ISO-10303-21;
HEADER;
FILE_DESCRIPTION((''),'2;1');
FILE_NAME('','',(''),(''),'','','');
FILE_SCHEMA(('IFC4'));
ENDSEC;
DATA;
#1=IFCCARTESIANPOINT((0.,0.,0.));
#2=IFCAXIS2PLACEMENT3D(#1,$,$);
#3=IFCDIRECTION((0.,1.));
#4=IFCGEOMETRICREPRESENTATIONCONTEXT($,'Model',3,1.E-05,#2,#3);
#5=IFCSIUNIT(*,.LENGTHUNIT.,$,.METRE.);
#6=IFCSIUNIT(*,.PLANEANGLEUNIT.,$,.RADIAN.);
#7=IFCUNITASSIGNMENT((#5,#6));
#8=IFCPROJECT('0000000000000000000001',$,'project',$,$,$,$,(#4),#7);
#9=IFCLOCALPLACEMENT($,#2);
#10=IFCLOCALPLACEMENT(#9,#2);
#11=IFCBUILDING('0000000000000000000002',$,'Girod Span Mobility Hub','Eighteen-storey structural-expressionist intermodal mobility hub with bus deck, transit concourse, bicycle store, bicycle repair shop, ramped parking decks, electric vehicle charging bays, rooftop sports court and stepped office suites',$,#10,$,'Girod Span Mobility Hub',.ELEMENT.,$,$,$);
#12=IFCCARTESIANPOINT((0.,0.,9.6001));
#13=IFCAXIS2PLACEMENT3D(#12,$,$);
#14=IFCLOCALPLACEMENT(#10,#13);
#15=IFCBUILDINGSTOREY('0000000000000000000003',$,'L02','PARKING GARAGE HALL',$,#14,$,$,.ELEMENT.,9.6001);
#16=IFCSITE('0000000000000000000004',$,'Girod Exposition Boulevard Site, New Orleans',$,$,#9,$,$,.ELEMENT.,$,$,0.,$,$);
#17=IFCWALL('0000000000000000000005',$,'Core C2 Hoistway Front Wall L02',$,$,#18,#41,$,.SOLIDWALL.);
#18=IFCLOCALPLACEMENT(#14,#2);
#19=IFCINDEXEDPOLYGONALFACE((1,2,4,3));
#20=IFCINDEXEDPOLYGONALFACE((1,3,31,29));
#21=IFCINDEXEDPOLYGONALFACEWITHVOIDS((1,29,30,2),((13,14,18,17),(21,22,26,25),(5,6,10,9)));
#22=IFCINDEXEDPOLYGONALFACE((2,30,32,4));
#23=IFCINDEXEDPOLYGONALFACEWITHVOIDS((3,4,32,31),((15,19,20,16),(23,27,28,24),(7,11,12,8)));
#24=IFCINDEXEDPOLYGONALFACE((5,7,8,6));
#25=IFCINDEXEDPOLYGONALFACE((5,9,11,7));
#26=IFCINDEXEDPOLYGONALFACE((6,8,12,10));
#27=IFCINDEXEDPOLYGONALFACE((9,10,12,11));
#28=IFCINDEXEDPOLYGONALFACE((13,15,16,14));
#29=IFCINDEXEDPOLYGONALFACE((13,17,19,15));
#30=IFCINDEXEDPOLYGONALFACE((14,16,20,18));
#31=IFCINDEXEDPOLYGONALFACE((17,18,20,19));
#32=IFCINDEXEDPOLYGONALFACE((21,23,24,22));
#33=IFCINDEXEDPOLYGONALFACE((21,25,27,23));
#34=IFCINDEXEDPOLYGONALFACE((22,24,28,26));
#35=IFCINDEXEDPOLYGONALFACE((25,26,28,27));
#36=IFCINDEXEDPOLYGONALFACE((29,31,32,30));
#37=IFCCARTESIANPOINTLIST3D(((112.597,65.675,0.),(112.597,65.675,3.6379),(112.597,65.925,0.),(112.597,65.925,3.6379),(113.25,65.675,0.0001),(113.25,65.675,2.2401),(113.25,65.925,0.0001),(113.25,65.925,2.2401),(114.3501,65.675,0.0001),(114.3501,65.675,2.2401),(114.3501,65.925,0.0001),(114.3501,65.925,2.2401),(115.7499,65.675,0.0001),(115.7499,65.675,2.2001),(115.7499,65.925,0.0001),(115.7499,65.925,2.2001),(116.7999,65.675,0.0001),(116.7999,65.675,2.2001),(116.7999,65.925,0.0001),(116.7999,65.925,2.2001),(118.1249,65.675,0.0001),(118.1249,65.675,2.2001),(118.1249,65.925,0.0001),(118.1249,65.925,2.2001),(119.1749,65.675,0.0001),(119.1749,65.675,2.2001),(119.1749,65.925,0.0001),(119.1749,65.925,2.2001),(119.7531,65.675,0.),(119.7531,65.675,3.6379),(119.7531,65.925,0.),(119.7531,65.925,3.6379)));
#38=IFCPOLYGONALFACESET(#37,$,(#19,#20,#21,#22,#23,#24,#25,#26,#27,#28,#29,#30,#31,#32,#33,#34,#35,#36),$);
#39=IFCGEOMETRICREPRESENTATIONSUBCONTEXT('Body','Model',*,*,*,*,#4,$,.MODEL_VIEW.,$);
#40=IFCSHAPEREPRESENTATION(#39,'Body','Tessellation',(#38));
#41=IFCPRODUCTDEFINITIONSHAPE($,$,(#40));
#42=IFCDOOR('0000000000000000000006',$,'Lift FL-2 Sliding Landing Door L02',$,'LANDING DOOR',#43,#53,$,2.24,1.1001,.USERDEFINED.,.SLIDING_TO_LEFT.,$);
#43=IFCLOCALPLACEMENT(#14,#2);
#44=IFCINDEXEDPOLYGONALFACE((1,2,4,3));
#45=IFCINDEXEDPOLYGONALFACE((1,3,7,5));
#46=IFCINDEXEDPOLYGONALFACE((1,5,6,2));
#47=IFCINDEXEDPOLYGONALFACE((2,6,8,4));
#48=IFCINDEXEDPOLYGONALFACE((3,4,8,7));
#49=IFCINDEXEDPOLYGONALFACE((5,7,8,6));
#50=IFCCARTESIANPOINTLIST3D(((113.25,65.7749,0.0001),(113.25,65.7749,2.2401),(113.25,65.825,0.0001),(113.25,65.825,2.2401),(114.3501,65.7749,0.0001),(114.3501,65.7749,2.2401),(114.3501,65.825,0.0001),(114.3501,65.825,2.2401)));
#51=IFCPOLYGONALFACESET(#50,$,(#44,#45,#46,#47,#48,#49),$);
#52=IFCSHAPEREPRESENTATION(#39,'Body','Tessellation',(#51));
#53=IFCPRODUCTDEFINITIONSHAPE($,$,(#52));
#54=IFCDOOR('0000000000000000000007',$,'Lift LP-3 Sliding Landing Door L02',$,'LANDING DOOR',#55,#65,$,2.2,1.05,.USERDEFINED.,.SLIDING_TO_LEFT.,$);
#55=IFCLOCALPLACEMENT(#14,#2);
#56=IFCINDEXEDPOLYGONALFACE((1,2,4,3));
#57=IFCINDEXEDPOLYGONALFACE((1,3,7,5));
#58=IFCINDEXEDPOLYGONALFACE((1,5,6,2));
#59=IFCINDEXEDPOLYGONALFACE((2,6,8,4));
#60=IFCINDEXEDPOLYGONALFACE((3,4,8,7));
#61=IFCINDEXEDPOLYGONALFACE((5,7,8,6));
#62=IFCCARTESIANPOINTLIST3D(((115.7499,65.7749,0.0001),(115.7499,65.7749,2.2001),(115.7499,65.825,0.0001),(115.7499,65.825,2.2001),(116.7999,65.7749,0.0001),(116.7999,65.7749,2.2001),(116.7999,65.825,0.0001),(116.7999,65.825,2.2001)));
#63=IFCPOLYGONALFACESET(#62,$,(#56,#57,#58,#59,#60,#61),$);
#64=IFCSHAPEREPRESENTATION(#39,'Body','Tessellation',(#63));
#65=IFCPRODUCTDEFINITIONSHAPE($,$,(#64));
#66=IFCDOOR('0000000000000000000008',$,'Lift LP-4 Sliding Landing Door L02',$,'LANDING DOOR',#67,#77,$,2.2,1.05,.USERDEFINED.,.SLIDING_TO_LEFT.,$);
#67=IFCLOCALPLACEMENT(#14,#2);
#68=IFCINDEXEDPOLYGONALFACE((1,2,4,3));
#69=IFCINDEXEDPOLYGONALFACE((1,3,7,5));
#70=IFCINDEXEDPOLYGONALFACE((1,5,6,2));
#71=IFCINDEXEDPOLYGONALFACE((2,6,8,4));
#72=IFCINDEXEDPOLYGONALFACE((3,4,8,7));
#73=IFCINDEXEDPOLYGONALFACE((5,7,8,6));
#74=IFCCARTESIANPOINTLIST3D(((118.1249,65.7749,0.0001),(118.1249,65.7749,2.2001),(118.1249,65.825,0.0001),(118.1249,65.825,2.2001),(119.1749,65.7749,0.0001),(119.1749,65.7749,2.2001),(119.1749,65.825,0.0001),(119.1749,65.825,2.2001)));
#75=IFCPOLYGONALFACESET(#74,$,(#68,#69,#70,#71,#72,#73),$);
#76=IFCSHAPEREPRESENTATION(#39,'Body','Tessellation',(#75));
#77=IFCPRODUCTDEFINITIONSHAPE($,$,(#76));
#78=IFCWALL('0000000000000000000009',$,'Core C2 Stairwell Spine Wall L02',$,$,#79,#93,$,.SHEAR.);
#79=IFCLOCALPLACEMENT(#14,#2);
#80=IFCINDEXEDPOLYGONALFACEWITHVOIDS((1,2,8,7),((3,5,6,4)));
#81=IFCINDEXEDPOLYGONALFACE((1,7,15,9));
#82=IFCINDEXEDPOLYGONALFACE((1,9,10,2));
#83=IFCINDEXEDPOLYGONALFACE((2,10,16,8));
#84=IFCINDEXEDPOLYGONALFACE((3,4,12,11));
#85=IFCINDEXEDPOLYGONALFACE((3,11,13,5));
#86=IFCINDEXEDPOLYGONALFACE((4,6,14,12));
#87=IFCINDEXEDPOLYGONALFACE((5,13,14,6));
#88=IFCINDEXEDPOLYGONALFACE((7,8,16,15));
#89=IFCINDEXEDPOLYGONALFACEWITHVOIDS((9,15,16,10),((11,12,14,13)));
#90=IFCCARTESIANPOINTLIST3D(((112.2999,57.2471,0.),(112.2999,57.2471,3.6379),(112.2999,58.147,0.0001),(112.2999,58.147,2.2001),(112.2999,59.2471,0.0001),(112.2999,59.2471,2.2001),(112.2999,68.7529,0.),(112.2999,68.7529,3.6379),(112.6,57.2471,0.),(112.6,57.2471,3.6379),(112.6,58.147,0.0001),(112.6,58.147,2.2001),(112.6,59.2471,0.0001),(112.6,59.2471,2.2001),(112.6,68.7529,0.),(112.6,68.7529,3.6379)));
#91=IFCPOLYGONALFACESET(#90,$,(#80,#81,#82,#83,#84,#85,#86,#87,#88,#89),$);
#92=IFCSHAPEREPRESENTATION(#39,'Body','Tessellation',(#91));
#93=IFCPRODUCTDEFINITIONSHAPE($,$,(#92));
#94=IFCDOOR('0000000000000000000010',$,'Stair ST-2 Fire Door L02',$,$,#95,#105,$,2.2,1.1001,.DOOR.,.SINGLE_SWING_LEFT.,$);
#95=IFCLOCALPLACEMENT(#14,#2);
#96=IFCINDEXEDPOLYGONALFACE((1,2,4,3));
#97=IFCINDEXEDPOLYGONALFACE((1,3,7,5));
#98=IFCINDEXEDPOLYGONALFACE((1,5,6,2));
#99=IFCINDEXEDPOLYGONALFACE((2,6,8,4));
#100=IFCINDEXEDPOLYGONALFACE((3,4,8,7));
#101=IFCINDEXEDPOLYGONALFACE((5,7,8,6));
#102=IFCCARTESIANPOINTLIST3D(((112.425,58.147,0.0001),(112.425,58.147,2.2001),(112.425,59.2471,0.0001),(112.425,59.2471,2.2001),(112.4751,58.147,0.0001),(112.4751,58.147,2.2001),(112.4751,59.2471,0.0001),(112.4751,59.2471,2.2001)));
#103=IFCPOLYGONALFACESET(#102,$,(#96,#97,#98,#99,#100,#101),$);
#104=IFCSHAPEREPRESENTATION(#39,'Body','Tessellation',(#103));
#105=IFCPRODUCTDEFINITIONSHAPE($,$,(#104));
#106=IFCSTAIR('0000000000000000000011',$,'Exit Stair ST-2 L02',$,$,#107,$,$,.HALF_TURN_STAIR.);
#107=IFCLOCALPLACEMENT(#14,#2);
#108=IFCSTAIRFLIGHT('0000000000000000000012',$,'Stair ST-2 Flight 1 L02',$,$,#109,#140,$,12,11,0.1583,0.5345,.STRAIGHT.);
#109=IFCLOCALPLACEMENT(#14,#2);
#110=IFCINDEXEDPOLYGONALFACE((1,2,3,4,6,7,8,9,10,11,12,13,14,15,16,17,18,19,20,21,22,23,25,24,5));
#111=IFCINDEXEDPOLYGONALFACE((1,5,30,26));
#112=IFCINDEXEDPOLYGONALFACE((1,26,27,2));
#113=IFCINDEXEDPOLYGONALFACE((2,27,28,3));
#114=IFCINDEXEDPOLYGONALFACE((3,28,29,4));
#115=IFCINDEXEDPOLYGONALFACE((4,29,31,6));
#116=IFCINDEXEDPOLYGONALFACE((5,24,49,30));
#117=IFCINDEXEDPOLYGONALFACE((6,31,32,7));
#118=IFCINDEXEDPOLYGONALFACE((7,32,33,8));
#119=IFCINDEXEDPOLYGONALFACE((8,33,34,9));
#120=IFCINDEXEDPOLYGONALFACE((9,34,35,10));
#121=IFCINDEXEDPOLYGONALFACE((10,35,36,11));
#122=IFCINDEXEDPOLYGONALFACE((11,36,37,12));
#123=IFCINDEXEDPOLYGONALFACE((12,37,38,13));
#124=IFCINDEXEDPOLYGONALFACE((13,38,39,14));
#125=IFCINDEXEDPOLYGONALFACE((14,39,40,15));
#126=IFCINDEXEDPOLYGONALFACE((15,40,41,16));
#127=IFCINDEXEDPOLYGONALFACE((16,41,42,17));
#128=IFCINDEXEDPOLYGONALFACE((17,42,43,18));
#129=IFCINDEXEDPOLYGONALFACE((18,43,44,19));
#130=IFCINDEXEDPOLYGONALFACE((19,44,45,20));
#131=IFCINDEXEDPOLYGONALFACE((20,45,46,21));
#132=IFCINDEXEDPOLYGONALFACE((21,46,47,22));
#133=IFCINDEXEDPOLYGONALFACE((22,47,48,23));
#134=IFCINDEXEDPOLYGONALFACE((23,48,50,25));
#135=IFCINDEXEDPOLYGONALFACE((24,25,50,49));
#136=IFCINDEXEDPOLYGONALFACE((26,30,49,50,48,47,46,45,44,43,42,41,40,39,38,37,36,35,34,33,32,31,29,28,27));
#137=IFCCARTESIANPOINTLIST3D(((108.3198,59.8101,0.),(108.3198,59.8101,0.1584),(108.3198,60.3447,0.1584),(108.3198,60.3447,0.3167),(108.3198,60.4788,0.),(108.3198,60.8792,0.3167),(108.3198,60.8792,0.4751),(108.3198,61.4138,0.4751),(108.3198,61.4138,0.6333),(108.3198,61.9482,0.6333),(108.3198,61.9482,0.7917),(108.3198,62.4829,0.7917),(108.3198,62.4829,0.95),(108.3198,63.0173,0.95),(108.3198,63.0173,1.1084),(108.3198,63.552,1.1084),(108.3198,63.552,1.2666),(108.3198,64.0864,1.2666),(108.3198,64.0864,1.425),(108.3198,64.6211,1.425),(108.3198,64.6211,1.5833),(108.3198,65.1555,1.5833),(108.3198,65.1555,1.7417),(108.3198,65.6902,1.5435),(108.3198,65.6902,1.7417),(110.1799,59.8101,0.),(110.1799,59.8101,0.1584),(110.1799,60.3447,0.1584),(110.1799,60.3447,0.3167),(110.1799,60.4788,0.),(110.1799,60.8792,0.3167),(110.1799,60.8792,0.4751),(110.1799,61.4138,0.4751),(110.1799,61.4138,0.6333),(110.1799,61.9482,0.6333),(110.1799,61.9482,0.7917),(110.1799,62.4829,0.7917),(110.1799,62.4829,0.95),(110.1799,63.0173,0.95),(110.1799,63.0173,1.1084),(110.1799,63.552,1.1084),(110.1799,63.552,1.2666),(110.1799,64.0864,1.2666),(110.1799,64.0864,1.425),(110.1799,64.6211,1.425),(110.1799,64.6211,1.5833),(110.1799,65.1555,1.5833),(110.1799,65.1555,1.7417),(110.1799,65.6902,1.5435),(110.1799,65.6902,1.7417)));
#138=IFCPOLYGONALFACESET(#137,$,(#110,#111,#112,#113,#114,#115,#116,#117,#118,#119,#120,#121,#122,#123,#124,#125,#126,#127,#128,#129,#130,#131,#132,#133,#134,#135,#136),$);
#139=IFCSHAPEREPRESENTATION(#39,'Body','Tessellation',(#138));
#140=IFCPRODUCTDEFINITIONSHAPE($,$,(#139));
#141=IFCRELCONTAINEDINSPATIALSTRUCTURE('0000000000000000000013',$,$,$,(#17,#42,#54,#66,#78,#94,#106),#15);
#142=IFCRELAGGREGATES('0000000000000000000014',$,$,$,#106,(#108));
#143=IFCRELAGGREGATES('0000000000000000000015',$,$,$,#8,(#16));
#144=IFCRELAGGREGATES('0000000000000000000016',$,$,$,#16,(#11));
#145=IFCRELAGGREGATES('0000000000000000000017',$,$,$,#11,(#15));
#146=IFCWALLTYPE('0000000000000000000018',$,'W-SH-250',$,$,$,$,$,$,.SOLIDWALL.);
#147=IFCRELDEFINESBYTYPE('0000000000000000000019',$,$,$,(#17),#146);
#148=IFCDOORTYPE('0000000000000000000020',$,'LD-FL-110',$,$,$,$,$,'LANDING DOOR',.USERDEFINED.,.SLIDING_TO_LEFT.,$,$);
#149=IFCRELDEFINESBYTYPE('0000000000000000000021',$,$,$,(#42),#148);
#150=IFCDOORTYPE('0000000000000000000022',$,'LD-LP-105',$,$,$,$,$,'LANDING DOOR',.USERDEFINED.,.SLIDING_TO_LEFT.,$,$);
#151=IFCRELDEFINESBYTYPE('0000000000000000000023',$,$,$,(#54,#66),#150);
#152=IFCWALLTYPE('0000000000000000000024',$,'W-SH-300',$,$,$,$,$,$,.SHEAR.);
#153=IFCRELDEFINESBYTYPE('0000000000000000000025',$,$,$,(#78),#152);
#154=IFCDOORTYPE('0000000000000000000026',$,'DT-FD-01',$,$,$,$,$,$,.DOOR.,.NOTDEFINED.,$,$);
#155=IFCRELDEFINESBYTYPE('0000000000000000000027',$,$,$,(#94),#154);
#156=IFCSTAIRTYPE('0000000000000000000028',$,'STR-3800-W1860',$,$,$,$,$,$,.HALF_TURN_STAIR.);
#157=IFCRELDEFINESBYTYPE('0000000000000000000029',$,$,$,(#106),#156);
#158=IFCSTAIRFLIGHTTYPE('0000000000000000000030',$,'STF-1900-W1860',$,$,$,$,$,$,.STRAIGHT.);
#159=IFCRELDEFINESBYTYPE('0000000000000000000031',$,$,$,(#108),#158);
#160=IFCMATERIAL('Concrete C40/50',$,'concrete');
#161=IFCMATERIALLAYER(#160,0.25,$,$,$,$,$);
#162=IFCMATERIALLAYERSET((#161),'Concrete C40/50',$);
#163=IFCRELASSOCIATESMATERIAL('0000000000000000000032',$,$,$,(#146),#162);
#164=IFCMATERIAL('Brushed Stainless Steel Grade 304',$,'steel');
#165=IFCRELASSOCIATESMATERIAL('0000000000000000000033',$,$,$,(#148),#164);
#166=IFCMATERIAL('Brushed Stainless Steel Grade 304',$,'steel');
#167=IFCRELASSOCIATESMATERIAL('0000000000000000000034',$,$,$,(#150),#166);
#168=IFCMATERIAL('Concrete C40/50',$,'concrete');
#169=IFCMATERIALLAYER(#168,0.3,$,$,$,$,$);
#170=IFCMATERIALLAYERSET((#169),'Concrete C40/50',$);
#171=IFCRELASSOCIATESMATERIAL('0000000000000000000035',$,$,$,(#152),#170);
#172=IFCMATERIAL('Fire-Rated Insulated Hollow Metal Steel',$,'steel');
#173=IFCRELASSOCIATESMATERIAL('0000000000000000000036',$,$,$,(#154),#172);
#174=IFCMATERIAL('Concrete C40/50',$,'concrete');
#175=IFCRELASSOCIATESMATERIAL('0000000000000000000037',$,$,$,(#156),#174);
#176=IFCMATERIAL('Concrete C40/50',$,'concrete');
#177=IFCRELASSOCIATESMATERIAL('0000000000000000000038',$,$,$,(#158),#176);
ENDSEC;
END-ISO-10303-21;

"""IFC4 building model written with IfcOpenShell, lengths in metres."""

from ifc_helpers import new_model, si_unit, direction, frame, frame_2d, origin, place, context, subcontext, project, spatial, polyline, rectangle, outline, extrude, material, layer, layer_set, type_object, element, fill, aggregate, save


model = new_model("IFC4")

# Units and contexts
model_context = context("Model", 3, precision=1e-05, world=origin(), true_north=direction((0.0, 1.0)))
body_context = subcontext(model_context, "Body", "Model", "MODEL_VIEW")
ifc_project = project(units=[si_unit("LENGTHUNIT", "METRE"), si_unit("PLANEANGLEUNIT", "RADIAN")], contexts=[model_context])

# Site, building, storey
site_placement = place(None, origin())
site = spatial("IfcSite", under=ifc_project, at=site_placement, Name="Girod Exposition Boulevard Site, New Orleans", CompositionType="ELEMENT", RefElevation=0.0)
building_placement = place(site_placement, origin())
building = spatial("IfcBuilding", under=site, at=building_placement, Name="Girod Span Mobility Hub", Description="Eighteen-storey structural-expressionist intermodal mobility hub with bus deck, transit concourse, bicycle store, bicycle repair shop, ramped parking decks, electric vehicle charging bays, rooftop sports court and stepped office suites", LongName="Girod Span Mobility Hub", CompositionType="ELEMENT")
storey_placement = place(building_placement, frame((0.0, 0.0, 9.6001)))
storey = spatial("IfcBuildingStorey", under=building, at=storey_placement, Name="L02", Description="PARKING GARAGE HALL", CompositionType="ELEMENT", Elevation=9.6001)

# Wall, openings, doors
ifc_material_1 = material(Name="Concrete C40/50", Category="concrete")
ifc_layer_1 = layer(ifc_material_1, 0.25)
ifc_layer_set_1 = layer_set([ifc_layer_1], Name="Concrete C40/50")
wall_type_1 = type_object("IfcWallType", Name="W-SH-250", PredefinedType="SOLIDWALL", material=ifc_layer_set_1)
wall_1_placement = place(storey_placement, frame((112.5969, 65.8, 0.0), z_axis=(0.0, 0.0, 1.0), x_axis=(1.0, 0.0, 0.0)))
wall_1 = element("IfcWall", 1, at=wall_1_placement, inside=storey, type_object=wall_type_1, Name="Core C2 Hoistway Front Wall L02", PredefinedType="SOLIDWALL", context=body_context, shape_type="SweptSolid", body=[
    extrude(rectangle(XDim=7.156, YDim=0.25, at=frame_2d((3.5781, 0.0))), origin(), (0.0, 0.0, 1.0), 3.6379),
])
opening_1_placement = place(wall_1_placement, frame((0.6531, 0.0, 0.0)))
opening_1 = element("IfcOpeningElement", 2, at=opening_1_placement, cuts=wall_1, PredefinedType="OPENING", context=body_context, shape_type="SweptSolid", body=[
    extrude(rectangle(XDim=1.1001, YDim=2.24, at=frame_2d((0.55, 1.1201))), frame((0.0, 0.1399, 0.0), z_axis=(0.0, -1.0, 0.0), x_axis=(1.0, 0.0, 0.0)), (0.0, 0.0, 1.0), 0.28),
])
opening_2_placement = place(wall_1_placement, frame((3.1531, 0.0, 0.0)))
opening_2 = element("IfcOpeningElement", 3, at=opening_2_placement, cuts=wall_1, PredefinedType="OPENING", context=body_context, shape_type="SweptSolid", body=[
    extrude(rectangle(XDim=1.05, YDim=2.2, at=frame_2d((0.5249, 1.1001))), frame((0.0, 0.1399, 0.0), z_axis=(0.0, -1.0, 0.0), x_axis=(1.0, 0.0, 0.0)), (0.0, 0.0, 1.0), 0.28),
])
opening_3_placement = place(wall_1_placement, frame((5.5281, 0.0, 0.0)))
opening_3 = element("IfcOpeningElement", 4, at=opening_3_placement, cuts=wall_1, PredefinedType="OPENING", context=body_context, shape_type="SweptSolid", body=[
    extrude(rectangle(XDim=1.05, YDim=2.2, at=frame_2d((0.5249, 1.1001))), frame((0.0, 0.1399, 0.0), z_axis=(0.0, -1.0, 0.0), x_axis=(1.0, 0.0, 0.0)), (0.0, 0.0, 1.0), 0.28),
])
ifc_material_2 = material(Name="Brushed Stainless Steel Grade 304", Category="steel")
door_type_1 = type_object("IfcDoorType", Name="LD-FL-110", ElementType="LANDING DOOR", OperationType="SLIDING_TO_LEFT", PredefinedType="USERDEFINED", material=ifc_material_2)
door_1_placement = place(opening_1_placement, origin())
door_1 = element("IfcDoor", 5, at=door_1_placement, inside=storey, type_object=door_type_1, Name="Lift FL-2 Sliding Landing Door L02", ObjectType="LANDING DOOR", OperationType="SLIDING_TO_LEFT", OverallHeight=2.24, OverallWidth=1.1001, PredefinedType="USERDEFINED", context=body_context, shape_type="SweptSolid", body=[
    extrude(rectangle(XDim=1.1001, YDim=2.24, at=frame_2d((0.55, 1.1201))), frame((0.0, 0.0249, 0.0), z_axis=(0.0, -1.0, 0.0), x_axis=(1.0, 0.0, 0.0)), (0.0, 0.0, 1.0), 0.05),
])
fill(opening_1, door_1)
ifc_material_3 = material(Name="Brushed Stainless Steel Grade 304", Category="steel")
door_type_2 = type_object("IfcDoorType", Name="LD-LP-105", ElementType="LANDING DOOR", OperationType="SLIDING_TO_LEFT", PredefinedType="USERDEFINED", material=ifc_material_3)
door_2_placement = place(opening_2_placement, origin())
door_2 = element("IfcDoor", 6, at=door_2_placement, inside=storey, type_object=door_type_2, Name="Lift LP-3 Sliding Landing Door L02", ObjectType="LANDING DOOR", OperationType="SLIDING_TO_LEFT", OverallHeight=2.2, OverallWidth=1.05, PredefinedType="USERDEFINED", context=body_context, shape_type="SweptSolid", body=[
    extrude(rectangle(XDim=1.05, YDim=2.2, at=frame_2d((0.5249, 1.1001))), frame((0.0, 0.0249, 0.0), z_axis=(0.0, -1.0, 0.0), x_axis=(1.0, 0.0, 0.0)), (0.0, 0.0, 1.0), 0.05),
])
fill(opening_2, door_2)
door_3_placement = place(opening_3_placement, origin())
door_3 = element("IfcDoor", 7, at=door_3_placement, inside=storey, type_object=door_type_2, Name="Lift LP-4 Sliding Landing Door L02", ObjectType="LANDING DOOR", OperationType="SLIDING_TO_LEFT", OverallHeight=2.2, OverallWidth=1.05, PredefinedType="USERDEFINED", context=body_context, shape_type="SweptSolid", body=[
    extrude(rectangle(XDim=1.05, YDim=2.2, at=frame_2d((0.5249, 1.1001))), frame((0.0, 0.0249, 0.0), z_axis=(0.0, -1.0, 0.0), x_axis=(1.0, 0.0, 0.0)), (0.0, 0.0, 1.0), 0.05),
])
fill(opening_3, door_3)

# Wall, opening, door
ifc_material_4 = material(Name="Concrete C40/50", Category="concrete")
ifc_layer_2 = layer(ifc_material_4, 0.3)
ifc_layer_set_2 = layer_set([ifc_layer_2], Name="Concrete C40/50")
wall_type_2 = type_object("IfcWallType", Name="W-SH-300", PredefinedType="SHEAR", material=ifc_layer_set_2)
wall_2_placement = place(storey_placement, frame((112.45, 57.2471, 0.0), z_axis=(0.0, 0.0, 1.0), x_axis=(0.0, 1.0, 0.0)))
wall_2 = element("IfcWall", 8, at=wall_2_placement, inside=storey, type_object=wall_type_2, Name="Core C2 Stairwell Spine Wall L02", PredefinedType="SHEAR", context=body_context, shape_type="SweptSolid", body=[
    extrude(rectangle(XDim=11.5059, YDim=0.3, at=frame_2d((5.7529, 0.0))), origin(), (0.0, 0.0, 1.0), 3.6379),
])
opening_4_placement = place(wall_2_placement, frame((0.8999, 0.0, 0.0)))
opening_4 = element("IfcOpeningElement", 9, at=opening_4_placement, cuts=wall_2, PredefinedType="OPENING", context=body_context, shape_type="SweptSolid", body=[
    extrude(rectangle(XDim=1.1001, YDim=2.2, at=frame_2d((0.55, 1.1001))), frame((0.0, 0.165, 0.0), z_axis=(0.0, -1.0, 0.0), x_axis=(1.0, 0.0, 0.0)), (0.0, 0.0, 1.0), 0.3301),
])
ifc_material_5 = material(Name="Fire-Rated Insulated Hollow Metal Steel", Category="steel")
door_type_3 = type_object("IfcDoorType", Name="DT-FD-01", OperationType="NOTDEFINED", PredefinedType="DOOR", material=ifc_material_5)
door_4_placement = place(opening_4_placement, origin())
door_4 = element("IfcDoor", 10, at=door_4_placement, inside=storey, type_object=door_type_3, Name="Stair ST-2 Fire Door L02", OperationType="SINGLE_SWING_LEFT", OverallHeight=2.2, OverallWidth=1.1001, PredefinedType="DOOR", context=body_context, shape_type="SweptSolid", body=[
    extrude(rectangle(XDim=1.1001, YDim=2.2, at=frame_2d((0.55, 1.1001))), frame((0.0, 0.0249, 0.0), z_axis=(0.0, -1.0, 0.0), x_axis=(1.0, 0.0, 0.0)), (0.0, 0.0, 1.0), 0.05),
])
fill(opening_4, door_4)

# Stair, stair flight
ifc_material_6 = material(Name="Concrete C40/50", Category="concrete")
stair_type = type_object("IfcStairType", Name="STR-3800-W1860", PredefinedType="HALF_TURN_STAIR", material=ifc_material_6)
stair_placement = place(storey_placement, origin())
stair = element("IfcStair", 11, at=stair_placement, inside=storey, type_object=stair_type, Name="Exit Stair ST-2 L02", PredefinedType="HALF_TURN_STAIR")
ifc_material_7 = material(Name="Concrete C40/50", Category="concrete")
stair_flight_type = type_object("IfcStairFlightType", Name="STF-1900-W1860", PredefinedType="STRAIGHT", material=ifc_material_7)
stair_flight_1_placement = place(storey_placement, frame((109.25, 59.8101, 0.0), z_axis=(0.0, 0.0, 1.0), x_axis=(0.0, 1.0, 0.0)))
stair_flight_1 = element("IfcStairFlight", 12, at=stair_flight_1_placement, type_object=stair_flight_type, Name="Stair ST-2 Flight 1 L02", NumberOfRisers=12, NumberOfTreads=11, PredefinedType="STRAIGHT", RiserHeight=0.1583, TreadLength=0.5345, context=body_context, shape_type="SweptSolid", body=[
    extrude(outline(polyline([(0.0, 0.0), (0.0, 0.1584), (0.5347, 0.1584), (0.5347, 0.3167), (1.0691, 0.3167), (1.0691, 0.4751), (1.6038, 0.4751), (1.6038, 0.6333), (2.1382, 0.6333), (2.1382, 0.7917), (2.6729, 0.7917), (2.6729, 0.95), (3.2073, 0.95), (3.2073, 1.1084), (3.7419, 1.1084), (3.7419, 1.2666), (4.2764, 1.2666), (4.2764, 1.425), (4.811, 1.425), (4.811, 1.5833), (5.3455, 1.5833), (5.3455, 1.7417), (5.8801, 1.7417), (5.8801, 1.8999), (5.8801, 1.5435), (0.6687, 0.0), (0.0, 0.0)])), frame((0.0, 0.9302, 0.0), z_axis=(0.0, -1.0, 0.0), x_axis=(1.0, 0.0, 0.0)), (0.0, 0.0, 1.0), 1.8601),
])
aggregate(stair, [stair_flight_1])

save(model, "model.ifc")
